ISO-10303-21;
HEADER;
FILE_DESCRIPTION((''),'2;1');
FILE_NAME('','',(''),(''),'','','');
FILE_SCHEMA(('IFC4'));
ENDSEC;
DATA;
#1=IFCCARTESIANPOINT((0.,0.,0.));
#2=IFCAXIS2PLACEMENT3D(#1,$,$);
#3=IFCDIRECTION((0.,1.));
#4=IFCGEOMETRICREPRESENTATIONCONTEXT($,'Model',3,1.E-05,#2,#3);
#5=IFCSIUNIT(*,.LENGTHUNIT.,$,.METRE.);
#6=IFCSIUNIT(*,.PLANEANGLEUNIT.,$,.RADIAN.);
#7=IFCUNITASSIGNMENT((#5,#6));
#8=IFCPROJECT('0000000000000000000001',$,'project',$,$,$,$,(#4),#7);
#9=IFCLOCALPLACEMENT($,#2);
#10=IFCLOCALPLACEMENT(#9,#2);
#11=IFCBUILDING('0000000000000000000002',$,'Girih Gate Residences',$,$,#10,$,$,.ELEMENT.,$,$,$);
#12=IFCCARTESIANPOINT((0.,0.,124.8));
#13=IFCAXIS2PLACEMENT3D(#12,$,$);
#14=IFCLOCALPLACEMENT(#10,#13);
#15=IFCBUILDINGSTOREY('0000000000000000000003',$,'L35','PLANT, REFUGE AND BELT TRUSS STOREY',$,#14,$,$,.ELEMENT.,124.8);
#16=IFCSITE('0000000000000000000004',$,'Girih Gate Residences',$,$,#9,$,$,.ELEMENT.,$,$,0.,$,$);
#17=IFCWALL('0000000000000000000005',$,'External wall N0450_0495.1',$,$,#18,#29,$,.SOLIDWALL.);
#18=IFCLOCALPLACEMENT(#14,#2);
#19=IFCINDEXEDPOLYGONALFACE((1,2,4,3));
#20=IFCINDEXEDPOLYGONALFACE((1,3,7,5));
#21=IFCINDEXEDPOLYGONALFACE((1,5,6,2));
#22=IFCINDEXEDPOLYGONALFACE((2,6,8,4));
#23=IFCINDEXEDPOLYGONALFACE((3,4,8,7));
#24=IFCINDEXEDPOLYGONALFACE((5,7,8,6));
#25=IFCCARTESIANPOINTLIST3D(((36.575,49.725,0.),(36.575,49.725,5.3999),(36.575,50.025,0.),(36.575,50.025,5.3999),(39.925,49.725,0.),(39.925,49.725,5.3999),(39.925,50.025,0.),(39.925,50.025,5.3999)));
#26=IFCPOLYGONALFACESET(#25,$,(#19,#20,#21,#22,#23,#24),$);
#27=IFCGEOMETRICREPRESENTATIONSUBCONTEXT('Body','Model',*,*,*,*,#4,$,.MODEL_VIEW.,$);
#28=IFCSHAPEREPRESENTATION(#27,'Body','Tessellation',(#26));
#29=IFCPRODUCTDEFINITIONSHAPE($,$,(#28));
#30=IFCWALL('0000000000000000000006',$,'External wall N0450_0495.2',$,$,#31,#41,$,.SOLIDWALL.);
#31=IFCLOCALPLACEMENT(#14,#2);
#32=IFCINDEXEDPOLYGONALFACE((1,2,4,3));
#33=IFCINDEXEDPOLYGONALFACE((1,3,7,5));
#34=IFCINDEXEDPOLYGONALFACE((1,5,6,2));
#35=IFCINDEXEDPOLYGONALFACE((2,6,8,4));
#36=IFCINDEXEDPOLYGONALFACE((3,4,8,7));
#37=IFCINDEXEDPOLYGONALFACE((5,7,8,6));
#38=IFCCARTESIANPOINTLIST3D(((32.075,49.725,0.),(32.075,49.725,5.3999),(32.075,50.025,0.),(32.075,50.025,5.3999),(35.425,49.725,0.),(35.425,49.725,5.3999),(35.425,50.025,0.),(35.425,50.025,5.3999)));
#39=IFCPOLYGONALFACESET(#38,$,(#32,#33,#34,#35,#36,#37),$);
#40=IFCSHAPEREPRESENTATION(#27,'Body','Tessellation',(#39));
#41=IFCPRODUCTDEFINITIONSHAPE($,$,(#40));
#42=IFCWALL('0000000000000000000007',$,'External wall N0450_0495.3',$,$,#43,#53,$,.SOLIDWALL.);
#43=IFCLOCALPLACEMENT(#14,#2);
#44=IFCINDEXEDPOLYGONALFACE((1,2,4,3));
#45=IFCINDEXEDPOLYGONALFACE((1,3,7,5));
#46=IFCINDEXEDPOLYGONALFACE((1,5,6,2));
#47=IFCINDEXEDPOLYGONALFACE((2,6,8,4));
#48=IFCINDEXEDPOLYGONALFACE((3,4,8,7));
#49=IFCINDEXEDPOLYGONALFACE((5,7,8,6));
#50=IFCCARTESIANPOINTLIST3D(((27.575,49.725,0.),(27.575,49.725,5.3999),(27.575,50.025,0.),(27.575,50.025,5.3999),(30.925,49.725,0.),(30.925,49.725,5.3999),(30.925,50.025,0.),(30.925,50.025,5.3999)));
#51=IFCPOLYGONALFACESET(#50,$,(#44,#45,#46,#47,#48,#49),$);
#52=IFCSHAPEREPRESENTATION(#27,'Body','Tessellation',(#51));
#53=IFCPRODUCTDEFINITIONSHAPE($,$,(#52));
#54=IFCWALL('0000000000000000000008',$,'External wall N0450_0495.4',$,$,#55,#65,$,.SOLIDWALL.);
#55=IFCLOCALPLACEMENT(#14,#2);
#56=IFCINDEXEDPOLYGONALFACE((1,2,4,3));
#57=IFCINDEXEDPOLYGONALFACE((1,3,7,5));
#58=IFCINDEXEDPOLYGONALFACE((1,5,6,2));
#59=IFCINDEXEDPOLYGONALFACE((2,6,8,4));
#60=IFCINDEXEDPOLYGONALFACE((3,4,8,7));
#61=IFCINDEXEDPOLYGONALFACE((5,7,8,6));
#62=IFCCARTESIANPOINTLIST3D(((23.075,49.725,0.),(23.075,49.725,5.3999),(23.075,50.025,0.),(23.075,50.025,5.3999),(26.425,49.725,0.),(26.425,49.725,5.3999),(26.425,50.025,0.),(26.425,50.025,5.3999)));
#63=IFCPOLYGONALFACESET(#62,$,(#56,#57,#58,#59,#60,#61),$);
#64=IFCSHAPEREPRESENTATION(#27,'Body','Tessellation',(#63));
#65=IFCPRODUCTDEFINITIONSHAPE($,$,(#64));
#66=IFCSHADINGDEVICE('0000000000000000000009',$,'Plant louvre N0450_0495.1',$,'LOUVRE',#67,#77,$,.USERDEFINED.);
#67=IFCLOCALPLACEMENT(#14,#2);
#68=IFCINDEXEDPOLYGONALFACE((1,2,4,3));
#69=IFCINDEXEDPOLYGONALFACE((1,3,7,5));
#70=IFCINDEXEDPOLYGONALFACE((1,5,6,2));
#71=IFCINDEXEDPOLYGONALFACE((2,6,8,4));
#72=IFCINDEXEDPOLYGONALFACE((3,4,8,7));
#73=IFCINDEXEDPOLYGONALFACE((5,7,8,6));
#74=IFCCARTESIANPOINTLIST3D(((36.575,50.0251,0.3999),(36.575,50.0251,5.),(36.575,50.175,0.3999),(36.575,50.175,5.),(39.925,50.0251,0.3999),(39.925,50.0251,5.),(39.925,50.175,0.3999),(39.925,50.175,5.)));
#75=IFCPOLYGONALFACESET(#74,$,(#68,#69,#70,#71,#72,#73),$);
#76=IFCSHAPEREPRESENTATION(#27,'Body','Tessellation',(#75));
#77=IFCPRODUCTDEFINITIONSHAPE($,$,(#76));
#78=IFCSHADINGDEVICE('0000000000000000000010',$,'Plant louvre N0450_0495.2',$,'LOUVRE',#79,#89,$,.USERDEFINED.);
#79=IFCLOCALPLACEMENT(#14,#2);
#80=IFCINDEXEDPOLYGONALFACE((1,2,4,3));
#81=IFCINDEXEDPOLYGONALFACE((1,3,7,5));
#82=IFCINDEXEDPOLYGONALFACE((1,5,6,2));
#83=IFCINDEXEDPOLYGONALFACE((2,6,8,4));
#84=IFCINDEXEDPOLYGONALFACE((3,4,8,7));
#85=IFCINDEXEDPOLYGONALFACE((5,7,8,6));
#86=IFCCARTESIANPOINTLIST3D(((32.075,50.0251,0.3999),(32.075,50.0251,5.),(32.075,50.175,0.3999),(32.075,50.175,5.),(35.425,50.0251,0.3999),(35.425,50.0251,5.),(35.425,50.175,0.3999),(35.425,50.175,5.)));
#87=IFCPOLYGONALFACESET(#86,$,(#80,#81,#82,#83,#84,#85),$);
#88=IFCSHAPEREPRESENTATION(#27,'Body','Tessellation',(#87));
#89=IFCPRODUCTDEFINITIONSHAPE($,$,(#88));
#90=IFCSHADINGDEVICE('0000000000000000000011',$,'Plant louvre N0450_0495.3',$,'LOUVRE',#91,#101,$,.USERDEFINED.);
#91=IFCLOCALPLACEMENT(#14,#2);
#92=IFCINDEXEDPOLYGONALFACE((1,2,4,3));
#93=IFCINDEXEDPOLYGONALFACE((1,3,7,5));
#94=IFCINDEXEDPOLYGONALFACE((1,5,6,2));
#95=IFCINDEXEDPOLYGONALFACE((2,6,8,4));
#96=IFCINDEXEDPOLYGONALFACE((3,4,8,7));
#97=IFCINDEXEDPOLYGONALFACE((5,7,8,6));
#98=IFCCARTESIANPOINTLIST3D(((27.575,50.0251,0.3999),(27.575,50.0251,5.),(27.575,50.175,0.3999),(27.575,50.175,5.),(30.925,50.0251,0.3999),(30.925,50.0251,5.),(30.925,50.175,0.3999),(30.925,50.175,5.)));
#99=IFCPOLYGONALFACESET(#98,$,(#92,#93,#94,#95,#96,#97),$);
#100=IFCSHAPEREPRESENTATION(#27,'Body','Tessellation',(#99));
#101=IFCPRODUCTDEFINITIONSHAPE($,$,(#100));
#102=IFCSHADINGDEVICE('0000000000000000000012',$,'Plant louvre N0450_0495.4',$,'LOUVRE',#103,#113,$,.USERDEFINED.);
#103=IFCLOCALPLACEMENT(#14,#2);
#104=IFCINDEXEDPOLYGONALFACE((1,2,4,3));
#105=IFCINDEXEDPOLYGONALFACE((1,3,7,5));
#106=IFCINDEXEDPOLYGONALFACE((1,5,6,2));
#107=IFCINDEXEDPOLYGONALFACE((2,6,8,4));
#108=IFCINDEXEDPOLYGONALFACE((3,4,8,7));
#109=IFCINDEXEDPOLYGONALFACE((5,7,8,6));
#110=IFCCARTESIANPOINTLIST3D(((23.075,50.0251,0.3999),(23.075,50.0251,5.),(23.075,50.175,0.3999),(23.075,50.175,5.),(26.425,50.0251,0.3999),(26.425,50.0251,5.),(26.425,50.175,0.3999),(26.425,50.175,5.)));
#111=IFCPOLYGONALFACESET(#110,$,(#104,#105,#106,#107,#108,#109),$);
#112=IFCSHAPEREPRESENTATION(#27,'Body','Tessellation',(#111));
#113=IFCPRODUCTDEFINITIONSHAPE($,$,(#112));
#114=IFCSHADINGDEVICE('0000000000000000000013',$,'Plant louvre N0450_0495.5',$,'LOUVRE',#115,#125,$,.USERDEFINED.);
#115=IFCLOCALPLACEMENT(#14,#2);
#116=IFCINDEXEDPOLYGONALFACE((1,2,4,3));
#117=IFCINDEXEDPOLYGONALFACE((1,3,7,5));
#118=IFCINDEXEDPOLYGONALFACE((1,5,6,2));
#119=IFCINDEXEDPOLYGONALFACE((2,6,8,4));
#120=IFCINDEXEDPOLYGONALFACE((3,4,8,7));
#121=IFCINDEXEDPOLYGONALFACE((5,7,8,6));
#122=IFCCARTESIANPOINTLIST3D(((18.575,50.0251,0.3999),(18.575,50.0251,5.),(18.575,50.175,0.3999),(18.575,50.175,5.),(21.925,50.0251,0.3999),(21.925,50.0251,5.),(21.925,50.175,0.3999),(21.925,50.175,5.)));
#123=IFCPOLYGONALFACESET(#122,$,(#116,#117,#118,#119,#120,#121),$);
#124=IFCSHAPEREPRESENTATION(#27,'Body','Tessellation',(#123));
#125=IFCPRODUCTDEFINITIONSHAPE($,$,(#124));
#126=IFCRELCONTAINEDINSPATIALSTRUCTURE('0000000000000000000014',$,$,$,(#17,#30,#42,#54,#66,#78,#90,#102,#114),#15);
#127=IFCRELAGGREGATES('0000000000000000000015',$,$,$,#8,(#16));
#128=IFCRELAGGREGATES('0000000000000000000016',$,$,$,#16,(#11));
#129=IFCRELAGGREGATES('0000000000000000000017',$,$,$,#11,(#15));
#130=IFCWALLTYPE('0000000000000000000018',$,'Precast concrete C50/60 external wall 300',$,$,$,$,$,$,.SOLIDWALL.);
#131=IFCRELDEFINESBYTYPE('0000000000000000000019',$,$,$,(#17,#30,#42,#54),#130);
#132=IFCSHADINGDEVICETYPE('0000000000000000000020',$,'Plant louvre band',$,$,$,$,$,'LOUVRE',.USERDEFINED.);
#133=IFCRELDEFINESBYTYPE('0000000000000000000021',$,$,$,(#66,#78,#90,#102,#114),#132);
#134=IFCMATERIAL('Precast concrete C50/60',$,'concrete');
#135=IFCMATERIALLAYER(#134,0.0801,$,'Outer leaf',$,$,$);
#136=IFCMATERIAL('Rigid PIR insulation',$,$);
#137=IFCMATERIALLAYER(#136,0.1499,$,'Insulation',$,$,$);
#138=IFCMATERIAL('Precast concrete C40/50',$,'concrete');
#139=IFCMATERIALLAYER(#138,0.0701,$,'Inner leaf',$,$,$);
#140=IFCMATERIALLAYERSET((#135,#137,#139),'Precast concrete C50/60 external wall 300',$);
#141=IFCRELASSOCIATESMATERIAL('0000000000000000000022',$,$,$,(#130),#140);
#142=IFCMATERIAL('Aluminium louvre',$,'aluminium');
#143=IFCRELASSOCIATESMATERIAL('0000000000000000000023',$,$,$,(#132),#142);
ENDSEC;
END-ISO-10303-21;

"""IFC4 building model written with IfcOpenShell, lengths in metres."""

from ifc_helpers import new_model, si_unit, direction, frame, frame_2d, origin, origin_2d, place, context, subcontext, project, spatial, rectangle, extrude, material, layer, layer_set, type_object, element, save


model = new_model("IFC4")

# Units and contexts
model_context = context("Model", 3, precision=1e-05, world=origin(), true_north=direction((0.0, 1.0)))
body_context = subcontext(model_context, "Body", "Model", "MODEL_VIEW")
ifc_project = project(units=[si_unit("LENGTHUNIT", "METRE"), si_unit("PLANEANGLEUNIT", "RADIAN")], contexts=[model_context])

# Site, building, storey
site_placement = place(None, origin())
site = spatial("IfcSite", under=ifc_project, at=site_placement, Name="Girih Gate Residences", CompositionType="ELEMENT", RefElevation=0.0)
building_placement = place(site_placement, origin())
building = spatial("IfcBuilding", under=site, at=building_placement, Name="Girih Gate Residences", CompositionType="ELEMENT")
storey_placement = place(building_placement, frame((0.0, 0.0, 124.8)))
storey = spatial("IfcBuildingStorey", under=building, at=storey_placement, Name="L35", Description="PLANT, REFUGE AND BELT TRUSS STOREY", CompositionType="ELEMENT", Elevation=124.8)

# Walls
ifc_material_1 = material(Name="Precast concrete C50/60", Category="concrete")
ifc_layer_1 = layer(ifc_material_1, 0.0801, Name="Outer leaf")
ifc_material_2 = material(Name="Rigid PIR insulation")
ifc_layer_2 = layer(ifc_material_2, 0.1499, Name="Insulation")
ifc_material_3 = material(Name="Precast concrete C40/50", Category="concrete")
ifc_layer_3 = layer(ifc_material_3, 0.0701, Name="Inner leaf")
ifc_layer_set_1 = layer_set([ifc_layer_1, ifc_layer_2, ifc_layer_3], Name="Precast concrete C50/60 external wall 300")
wall_type_1 = type_object("IfcWallType", Name="Precast concrete C50/60 external wall 300", PredefinedType="SOLIDWALL", material=ifc_layer_set_1)
for number, where, z_axis, x_axis, name in (
    (1, (36.575, 49.875, 0.0), (0.0, 0.0, 1.0), (1.0, 0.0, 0.0), "External wall N0450_0495.1"),
    (2, (32.075, 49.875, 0.0), (0.0, 0.0, 1.0), (1.0, 0.0, 0.0), "External wall N0450_0495.2"),
    (3, (27.575, 49.875, 0.0), (0.0, 0.0, 1.0), (1.0, 0.0, 0.0), "External wall N0450_0495.3"),
    (4, (23.075, 49.875, 0.0), (0.0, 0.0, 1.0), (1.0, 0.0, 0.0), "External wall N0450_0495.4"),
):
    element("IfcWall", number, at=place(storey_placement, frame(where, z_axis=z_axis, x_axis=x_axis)), inside=storey, type_object=wall_type_1, Name=name, PredefinedType="SOLIDWALL", context=body_context, shape_type="SweptSolid", body=[
        extrude(rectangle(XDim=3.3501, YDim=0.3, at=frame_2d((1.675, 0.0))), origin(), (0.0, 0.0, 1.0), 5.3999),
    ])

# Shading devices
ifc_material_4 = material(Name="Aluminium louvre", Category="aluminium")
shading_device_type = type_object("IfcShadingDeviceType", Name="Plant louvre band", ElementType="LOUVRE", PredefinedType="USERDEFINED", material=ifc_material_4)
for number, where, z_axis, x_axis, name in (
    (5, (38.25, 50.1001, 0.3999), (0.0, 0.0, 1.0), (-1.0, 0.0, 0.0), "Plant louvre N0450_0495.1"),
    (6, (33.75, 50.1001, 0.3999), (0.0, 0.0, 1.0), (-1.0, 0.0, 0.0), "Plant louvre N0450_0495.2"),
    (7, (29.25, 50.1001, 0.3999), (0.0, 0.0, 1.0), (-1.0, 0.0, 0.0), "Plant louvre N0450_0495.3"),
    (8, (24.75, 50.1001, 0.3999), (0.0, 0.0, 1.0), (-1.0, 0.0, 0.0), "Plant louvre N0450_0495.4"),
    (9, (20.25, 50.1001, 0.3999), (0.0, 0.0, 1.0), (-1.0, 0.0, 0.0), "Plant louvre N0450_0495.5"),
):
    element("IfcShadingDevice", number, at=place(storey_placement, frame(where, z_axis=z_axis, x_axis=x_axis)), inside=storey, type_object=shading_device_type, Name=name, ObjectType="LOUVRE", PredefinedType="USERDEFINED", context=body_context, shape_type="SweptSolid", body=[
        extrude(rectangle(XDim=3.3501, YDim=0.1499, at=origin_2d()), origin(), (0.0, 0.0, 1.0), 4.6001),
    ])

save(model, "model.ifc")
